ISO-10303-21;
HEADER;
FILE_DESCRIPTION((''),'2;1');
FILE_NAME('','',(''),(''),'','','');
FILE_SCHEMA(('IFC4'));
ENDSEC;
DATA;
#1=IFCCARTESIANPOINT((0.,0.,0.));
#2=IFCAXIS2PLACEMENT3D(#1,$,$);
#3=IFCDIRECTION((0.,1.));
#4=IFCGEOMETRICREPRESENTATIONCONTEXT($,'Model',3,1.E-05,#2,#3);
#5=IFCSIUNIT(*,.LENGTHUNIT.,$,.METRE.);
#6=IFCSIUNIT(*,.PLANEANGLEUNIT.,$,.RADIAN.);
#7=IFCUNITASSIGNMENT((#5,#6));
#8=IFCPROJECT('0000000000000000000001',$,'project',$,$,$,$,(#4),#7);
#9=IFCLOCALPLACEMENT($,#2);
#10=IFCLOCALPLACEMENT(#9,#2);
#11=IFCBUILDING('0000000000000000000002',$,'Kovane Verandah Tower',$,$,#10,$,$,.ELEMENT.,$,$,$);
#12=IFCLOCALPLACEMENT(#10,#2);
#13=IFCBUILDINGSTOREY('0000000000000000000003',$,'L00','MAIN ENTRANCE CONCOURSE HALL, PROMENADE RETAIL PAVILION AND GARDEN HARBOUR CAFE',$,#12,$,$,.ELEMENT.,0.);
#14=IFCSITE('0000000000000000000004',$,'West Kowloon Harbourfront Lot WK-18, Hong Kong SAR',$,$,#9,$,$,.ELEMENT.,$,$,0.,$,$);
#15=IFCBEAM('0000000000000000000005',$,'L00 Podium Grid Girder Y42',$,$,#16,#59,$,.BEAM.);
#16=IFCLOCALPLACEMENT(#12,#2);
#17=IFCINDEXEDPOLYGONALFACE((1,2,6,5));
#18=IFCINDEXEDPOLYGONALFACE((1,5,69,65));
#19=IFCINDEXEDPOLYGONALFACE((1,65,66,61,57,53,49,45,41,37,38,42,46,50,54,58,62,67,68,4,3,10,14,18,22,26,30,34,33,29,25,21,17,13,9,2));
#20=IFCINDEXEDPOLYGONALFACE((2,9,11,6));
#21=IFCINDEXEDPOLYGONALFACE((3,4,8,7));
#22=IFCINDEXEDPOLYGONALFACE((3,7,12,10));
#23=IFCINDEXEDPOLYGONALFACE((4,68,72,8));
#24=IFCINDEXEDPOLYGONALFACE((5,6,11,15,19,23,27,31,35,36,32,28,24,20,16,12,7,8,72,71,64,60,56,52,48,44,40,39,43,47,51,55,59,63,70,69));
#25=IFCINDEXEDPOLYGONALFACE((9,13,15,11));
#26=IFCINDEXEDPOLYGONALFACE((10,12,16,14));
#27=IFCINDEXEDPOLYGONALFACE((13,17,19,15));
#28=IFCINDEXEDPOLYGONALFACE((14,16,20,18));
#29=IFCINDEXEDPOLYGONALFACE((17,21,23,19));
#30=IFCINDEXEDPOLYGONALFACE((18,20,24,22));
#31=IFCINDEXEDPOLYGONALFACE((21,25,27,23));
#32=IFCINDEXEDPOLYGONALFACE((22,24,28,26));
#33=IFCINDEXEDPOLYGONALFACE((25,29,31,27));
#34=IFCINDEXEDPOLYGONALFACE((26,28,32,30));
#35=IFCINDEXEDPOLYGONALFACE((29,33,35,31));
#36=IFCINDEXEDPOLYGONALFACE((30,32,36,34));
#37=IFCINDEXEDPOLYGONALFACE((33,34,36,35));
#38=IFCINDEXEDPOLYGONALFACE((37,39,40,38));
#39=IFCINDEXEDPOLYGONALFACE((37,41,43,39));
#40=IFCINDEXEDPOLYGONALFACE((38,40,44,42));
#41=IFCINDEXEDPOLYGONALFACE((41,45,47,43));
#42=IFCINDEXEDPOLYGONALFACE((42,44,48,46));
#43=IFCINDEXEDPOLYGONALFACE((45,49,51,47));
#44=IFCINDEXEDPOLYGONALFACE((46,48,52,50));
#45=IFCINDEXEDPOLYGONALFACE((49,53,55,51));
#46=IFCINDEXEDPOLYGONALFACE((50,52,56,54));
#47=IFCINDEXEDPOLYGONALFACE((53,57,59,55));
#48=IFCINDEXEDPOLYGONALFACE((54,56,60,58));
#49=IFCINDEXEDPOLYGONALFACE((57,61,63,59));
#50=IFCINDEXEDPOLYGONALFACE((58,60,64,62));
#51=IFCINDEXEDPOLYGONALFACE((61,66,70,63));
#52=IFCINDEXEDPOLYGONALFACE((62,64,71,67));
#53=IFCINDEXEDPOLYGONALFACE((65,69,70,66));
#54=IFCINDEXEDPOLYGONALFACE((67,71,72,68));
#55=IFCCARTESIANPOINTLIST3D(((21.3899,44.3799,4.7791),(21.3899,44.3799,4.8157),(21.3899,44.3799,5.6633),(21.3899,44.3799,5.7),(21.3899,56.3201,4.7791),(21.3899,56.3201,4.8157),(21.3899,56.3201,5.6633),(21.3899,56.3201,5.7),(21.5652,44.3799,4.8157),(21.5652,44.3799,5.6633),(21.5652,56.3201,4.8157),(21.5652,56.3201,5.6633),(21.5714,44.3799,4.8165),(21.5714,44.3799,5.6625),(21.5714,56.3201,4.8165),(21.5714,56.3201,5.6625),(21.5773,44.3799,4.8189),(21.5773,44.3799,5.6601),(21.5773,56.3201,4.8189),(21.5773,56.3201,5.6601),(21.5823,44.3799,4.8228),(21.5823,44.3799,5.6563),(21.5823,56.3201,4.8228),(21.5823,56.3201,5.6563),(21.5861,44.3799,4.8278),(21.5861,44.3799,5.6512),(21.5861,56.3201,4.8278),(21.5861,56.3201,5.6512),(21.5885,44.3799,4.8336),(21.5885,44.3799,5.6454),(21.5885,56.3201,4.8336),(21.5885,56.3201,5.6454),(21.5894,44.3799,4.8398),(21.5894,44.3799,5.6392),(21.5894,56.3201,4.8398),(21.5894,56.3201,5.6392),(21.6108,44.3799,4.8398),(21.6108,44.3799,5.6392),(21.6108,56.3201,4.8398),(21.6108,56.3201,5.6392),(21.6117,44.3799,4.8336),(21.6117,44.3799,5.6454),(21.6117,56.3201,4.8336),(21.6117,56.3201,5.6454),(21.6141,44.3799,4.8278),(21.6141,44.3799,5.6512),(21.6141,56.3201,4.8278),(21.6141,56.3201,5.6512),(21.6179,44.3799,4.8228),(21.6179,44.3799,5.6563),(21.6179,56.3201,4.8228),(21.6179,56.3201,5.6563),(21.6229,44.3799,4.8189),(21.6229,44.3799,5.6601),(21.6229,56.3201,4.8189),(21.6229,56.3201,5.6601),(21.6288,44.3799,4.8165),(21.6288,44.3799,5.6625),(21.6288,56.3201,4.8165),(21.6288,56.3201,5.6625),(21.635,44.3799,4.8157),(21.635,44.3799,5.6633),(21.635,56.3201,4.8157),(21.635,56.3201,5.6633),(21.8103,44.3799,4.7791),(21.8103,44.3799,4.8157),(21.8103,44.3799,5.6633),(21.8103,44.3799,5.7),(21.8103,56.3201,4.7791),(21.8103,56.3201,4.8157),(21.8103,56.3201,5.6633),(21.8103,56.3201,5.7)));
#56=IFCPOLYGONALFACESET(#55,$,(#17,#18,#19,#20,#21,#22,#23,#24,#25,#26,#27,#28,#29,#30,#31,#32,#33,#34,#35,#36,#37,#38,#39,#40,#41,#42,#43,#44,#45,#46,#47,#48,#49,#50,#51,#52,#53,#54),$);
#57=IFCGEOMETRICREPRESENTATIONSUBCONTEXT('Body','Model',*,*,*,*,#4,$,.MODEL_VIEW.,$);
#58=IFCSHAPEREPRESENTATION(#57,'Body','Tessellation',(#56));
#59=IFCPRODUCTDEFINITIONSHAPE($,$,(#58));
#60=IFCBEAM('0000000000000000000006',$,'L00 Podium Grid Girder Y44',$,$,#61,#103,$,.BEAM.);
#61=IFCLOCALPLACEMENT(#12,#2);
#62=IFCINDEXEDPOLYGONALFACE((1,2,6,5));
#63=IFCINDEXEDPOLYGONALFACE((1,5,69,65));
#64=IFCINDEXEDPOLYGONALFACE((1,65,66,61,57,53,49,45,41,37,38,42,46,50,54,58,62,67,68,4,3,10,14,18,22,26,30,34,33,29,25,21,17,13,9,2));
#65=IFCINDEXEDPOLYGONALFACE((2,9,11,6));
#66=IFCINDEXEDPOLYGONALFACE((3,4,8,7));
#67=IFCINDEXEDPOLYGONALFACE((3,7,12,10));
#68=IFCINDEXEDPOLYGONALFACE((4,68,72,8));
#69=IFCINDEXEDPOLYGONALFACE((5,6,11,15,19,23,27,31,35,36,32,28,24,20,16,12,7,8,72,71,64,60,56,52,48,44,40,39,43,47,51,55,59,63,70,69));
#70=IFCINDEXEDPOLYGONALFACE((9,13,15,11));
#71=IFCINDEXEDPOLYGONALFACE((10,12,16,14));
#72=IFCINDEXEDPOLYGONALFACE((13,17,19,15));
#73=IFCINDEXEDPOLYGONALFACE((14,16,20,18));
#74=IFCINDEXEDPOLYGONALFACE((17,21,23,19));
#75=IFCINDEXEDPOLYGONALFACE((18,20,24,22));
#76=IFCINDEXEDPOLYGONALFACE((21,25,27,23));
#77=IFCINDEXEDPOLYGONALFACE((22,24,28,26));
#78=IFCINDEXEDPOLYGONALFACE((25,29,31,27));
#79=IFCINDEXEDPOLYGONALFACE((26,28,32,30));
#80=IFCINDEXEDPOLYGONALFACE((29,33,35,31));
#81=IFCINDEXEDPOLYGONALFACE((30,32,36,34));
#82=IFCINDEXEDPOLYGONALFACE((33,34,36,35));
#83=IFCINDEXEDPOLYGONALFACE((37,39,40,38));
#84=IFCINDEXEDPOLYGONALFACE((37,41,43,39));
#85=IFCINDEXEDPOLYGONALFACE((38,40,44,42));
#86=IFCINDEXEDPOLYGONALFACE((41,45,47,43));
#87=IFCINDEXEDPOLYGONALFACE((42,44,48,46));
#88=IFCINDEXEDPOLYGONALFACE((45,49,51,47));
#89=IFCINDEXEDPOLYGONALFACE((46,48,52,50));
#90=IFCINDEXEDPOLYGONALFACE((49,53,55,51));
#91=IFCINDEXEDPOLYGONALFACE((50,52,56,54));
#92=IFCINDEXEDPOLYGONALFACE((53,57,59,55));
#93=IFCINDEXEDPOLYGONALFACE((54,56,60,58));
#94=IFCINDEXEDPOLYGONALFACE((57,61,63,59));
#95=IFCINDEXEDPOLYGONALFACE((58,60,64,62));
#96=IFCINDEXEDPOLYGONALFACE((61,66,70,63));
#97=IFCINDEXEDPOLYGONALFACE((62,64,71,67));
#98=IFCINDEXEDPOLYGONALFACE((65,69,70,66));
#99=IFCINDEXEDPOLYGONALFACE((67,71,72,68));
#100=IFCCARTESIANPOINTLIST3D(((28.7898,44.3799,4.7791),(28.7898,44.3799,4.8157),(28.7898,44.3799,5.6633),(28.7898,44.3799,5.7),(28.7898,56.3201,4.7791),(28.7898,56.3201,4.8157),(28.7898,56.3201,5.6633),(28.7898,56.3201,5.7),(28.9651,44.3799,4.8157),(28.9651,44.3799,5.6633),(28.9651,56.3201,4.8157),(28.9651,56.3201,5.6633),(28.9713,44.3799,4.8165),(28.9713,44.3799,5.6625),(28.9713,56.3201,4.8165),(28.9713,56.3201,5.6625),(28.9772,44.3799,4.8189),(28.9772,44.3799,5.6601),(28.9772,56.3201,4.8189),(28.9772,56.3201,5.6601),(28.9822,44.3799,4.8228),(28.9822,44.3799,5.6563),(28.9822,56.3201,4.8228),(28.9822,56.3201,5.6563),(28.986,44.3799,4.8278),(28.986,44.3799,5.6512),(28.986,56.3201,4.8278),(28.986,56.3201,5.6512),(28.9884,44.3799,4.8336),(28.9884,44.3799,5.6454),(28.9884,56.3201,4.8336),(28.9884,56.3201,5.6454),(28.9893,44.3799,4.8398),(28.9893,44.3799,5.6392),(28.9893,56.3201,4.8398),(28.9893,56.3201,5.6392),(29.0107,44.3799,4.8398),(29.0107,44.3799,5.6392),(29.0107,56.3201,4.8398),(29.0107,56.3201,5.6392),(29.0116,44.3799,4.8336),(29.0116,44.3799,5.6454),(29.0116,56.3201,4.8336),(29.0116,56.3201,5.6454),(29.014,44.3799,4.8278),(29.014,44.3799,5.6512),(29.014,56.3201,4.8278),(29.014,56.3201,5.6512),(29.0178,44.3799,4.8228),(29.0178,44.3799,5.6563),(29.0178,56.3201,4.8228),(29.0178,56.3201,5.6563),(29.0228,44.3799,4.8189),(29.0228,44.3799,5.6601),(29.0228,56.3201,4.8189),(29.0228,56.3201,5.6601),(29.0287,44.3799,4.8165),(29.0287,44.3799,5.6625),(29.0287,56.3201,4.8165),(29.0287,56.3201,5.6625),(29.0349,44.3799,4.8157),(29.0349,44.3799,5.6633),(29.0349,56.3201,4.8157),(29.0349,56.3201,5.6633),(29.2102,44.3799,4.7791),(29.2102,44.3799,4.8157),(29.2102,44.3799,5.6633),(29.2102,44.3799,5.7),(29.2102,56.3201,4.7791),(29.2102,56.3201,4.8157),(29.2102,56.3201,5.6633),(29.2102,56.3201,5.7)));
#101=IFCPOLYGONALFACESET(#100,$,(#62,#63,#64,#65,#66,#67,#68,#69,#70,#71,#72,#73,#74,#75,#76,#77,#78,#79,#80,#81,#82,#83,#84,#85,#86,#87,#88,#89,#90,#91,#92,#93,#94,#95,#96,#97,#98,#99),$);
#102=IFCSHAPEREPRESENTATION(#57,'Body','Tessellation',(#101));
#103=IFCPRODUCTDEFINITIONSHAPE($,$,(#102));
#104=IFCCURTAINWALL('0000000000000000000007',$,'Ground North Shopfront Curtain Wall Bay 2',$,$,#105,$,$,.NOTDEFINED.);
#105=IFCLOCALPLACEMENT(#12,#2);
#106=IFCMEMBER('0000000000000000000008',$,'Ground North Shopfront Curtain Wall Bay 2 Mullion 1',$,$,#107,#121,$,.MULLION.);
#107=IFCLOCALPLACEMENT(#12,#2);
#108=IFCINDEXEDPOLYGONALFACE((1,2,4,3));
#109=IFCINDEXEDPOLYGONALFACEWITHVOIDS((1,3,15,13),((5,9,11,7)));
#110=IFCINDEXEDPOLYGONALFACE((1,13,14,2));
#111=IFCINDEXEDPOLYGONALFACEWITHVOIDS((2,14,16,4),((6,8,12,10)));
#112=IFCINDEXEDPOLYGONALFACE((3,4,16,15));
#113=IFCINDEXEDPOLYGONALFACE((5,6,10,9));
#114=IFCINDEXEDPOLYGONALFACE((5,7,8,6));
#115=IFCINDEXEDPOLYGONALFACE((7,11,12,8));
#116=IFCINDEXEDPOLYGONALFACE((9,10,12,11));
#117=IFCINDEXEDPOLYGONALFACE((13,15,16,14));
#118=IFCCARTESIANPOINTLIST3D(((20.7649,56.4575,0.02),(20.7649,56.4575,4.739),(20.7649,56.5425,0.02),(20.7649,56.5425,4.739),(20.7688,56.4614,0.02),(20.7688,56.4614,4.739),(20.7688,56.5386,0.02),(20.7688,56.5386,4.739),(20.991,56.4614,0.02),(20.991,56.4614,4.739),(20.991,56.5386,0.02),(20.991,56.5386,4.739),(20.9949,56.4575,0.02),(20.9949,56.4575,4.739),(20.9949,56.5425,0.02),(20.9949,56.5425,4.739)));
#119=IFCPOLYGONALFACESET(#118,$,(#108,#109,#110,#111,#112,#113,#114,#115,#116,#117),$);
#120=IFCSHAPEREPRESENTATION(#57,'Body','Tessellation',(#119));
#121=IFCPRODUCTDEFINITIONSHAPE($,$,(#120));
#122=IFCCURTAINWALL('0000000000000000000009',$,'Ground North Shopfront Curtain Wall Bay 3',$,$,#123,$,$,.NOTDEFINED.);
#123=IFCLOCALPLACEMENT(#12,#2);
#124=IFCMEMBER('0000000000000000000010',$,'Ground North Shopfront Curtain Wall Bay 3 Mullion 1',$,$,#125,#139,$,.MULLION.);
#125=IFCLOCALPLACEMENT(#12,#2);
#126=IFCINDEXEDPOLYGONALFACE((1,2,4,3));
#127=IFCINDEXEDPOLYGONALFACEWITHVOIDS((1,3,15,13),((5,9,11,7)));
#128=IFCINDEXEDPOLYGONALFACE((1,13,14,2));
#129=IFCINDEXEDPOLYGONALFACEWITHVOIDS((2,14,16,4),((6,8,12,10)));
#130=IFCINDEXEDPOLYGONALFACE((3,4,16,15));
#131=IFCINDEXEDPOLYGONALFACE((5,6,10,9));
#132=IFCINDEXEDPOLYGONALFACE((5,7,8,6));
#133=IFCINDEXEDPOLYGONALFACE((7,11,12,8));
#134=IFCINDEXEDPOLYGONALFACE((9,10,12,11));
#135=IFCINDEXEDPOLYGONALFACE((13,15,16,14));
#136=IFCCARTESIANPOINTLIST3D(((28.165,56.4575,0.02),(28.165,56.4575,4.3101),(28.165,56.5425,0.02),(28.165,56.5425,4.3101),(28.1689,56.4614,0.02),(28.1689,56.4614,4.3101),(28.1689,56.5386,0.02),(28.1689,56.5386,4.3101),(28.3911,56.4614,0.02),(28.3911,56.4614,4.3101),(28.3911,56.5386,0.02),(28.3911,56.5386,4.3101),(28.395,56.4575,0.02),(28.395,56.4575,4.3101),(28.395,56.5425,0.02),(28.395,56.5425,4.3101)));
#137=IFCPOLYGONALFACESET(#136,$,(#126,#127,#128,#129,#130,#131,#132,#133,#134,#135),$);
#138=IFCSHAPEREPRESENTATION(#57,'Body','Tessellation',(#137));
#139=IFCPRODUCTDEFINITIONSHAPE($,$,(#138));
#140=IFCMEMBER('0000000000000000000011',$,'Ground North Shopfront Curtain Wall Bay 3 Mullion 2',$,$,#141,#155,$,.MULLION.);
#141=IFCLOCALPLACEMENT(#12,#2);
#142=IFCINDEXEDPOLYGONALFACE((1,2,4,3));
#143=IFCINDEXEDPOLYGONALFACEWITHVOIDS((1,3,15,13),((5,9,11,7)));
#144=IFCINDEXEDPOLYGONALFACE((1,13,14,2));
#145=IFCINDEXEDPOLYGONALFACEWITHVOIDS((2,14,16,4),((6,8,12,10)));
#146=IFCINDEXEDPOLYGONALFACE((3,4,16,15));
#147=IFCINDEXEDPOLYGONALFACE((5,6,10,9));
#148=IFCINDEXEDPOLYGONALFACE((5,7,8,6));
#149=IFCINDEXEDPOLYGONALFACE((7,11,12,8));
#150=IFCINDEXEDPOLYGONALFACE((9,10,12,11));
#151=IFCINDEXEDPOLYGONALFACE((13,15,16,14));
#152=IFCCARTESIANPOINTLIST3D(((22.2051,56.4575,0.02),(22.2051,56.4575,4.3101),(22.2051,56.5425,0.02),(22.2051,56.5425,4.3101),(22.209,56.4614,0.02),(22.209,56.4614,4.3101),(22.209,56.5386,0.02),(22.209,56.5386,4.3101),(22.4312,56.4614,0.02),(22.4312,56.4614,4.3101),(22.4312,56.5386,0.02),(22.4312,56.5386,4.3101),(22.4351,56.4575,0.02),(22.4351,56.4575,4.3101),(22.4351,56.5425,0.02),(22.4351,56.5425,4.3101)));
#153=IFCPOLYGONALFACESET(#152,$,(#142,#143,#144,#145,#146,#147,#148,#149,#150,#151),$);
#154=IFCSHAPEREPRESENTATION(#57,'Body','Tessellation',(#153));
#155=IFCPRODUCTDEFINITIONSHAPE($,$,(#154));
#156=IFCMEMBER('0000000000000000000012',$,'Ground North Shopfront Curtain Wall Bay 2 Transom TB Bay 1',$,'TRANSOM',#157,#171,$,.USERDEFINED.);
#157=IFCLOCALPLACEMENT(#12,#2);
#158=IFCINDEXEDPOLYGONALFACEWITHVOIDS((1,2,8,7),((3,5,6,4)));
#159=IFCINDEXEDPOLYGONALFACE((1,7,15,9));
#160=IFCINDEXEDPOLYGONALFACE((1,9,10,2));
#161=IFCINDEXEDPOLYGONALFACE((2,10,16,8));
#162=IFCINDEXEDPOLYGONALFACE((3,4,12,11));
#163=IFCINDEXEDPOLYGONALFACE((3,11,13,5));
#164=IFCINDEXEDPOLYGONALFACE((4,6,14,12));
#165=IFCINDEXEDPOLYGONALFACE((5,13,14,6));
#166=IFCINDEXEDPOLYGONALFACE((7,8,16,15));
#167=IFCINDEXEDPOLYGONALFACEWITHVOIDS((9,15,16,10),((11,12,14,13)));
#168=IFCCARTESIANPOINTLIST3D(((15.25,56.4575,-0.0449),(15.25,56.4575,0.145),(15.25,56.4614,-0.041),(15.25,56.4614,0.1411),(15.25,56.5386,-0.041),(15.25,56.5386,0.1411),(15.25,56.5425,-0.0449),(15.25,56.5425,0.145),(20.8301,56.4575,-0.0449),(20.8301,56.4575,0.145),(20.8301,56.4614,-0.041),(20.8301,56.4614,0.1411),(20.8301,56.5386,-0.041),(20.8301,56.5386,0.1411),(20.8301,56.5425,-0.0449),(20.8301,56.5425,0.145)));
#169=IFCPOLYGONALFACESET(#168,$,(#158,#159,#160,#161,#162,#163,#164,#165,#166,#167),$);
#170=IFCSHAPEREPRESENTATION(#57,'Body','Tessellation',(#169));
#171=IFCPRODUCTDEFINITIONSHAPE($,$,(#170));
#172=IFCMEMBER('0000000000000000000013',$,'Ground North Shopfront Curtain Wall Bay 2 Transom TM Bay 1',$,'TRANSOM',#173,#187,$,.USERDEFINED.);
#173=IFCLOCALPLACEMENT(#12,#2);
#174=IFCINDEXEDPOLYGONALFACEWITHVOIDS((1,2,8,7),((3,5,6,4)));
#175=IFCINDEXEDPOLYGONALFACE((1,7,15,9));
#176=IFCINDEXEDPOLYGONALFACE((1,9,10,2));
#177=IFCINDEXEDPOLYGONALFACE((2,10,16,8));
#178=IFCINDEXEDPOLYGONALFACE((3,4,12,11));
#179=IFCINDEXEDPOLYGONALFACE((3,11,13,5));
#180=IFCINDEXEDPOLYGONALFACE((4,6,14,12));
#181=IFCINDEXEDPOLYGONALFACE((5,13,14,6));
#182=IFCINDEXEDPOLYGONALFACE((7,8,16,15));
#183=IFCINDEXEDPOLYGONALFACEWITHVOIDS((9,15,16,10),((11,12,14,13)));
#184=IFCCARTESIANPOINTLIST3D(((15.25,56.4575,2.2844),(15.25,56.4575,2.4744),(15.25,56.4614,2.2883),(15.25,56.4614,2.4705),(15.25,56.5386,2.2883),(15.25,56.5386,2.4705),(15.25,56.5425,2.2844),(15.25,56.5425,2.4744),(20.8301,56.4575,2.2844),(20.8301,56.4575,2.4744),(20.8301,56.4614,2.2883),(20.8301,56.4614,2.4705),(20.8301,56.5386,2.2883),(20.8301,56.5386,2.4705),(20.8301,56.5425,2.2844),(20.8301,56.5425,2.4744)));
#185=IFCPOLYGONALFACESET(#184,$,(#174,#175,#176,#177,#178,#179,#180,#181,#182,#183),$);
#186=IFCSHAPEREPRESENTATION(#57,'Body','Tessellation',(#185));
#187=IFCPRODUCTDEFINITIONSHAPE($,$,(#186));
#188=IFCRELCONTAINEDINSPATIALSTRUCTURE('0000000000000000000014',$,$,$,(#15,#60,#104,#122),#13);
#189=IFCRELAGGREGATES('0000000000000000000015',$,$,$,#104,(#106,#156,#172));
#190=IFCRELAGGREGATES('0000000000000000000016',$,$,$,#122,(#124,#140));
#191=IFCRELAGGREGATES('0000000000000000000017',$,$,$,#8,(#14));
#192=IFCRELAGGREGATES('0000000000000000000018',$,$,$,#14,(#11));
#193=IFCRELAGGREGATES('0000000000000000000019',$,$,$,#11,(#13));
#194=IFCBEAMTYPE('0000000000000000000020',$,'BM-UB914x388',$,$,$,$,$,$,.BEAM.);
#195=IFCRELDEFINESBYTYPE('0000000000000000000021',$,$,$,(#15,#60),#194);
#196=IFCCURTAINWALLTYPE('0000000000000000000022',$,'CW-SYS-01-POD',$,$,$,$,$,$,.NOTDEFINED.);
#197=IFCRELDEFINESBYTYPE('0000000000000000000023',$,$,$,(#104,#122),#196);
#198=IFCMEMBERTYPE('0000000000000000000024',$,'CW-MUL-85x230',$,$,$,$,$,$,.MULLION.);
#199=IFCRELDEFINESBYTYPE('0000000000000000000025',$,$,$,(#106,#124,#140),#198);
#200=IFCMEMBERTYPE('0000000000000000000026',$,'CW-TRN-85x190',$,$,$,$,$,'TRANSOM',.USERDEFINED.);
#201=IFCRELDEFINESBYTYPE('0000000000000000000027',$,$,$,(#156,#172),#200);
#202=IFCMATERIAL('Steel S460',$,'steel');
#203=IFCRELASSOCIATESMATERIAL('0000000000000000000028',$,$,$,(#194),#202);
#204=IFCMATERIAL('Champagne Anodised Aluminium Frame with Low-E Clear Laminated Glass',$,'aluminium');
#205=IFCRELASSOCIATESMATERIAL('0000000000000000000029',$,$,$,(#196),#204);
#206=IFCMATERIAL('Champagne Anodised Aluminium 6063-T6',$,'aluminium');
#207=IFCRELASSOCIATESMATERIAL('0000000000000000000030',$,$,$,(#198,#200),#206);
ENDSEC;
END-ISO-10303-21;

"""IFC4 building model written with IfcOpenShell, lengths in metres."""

from ifc_helpers import new_model, si_unit, direction, frame, origin, origin_2d, place, context, subcontext, project, spatial, hollow_rectangle, i_section, extrude, material, material_profile, profile_set, type_object, element, aggregate, save


model = new_model("IFC4")

# Units and contexts
model_context = context("Model", 3, precision=1e-05, world=origin(), true_north=direction((0.0, 1.0)))
body_context = subcontext(model_context, "Body", "Model", "MODEL_VIEW")
ifc_project = project(units=[si_unit("LENGTHUNIT", "METRE"), si_unit("PLANEANGLEUNIT", "RADIAN")], contexts=[model_context])

# Site, building, storey
site_placement = place(None, origin())
site = spatial("IfcSite", under=ifc_project, at=site_placement, Name="West Kowloon Harbourfront Lot WK-18, Hong Kong SAR", CompositionType="ELEMENT", RefElevation=0.0)
building_placement = place(site_placement, origin())
building = spatial("IfcBuilding", under=site, at=building_placement, Name="Kovane Verandah Tower", CompositionType="ELEMENT")
storey_placement = place(building_placement, origin())
storey = spatial("IfcBuildingStorey", under=building, at=storey_placement, Name="L00", Description="MAIN ENTRANCE CONCOURSE HALL, PROMENADE RETAIL PAVILION AND GARDEN HARBOUR CAFE", CompositionType="ELEMENT", Elevation=0.0)

# Shared definitions
ifc_material_1 = material(Name="Steel S460", Category="steel")

# Beams
ifc_material_profile_1 = material_profile(ifc_material_1, i_section(OverallWidth=0.4204, OverallDepth=0.9209, WebThickness=0.0215, FlangeThickness=0.0366, FilletRadius=0.0242, at=origin_2d()), Name="UB914x419x388")
ifc_profile_set_1 = profile_set([ifc_material_profile_1], Name="Steel S460")
beam_type_1 = type_object("IfcBeamType", Name="BM-UB914x388", PredefinedType="BEAM", material=ifc_profile_set_1)
for number, where, z_axis, x_axis, name in (
    (1, (21.6001, 44.3799, 5.2395), (0.0, 1.0, 0.0), (-1.0, 0.0, 0.0), "L00 Podium Grid Girder Y42"),
    (2, (29.0, 44.3799, 5.2395), (0.0, 1.0, 0.0), (-1.0, 0.0, 0.0), "L00 Podium Grid Girder Y44"),
):
    element("IfcBeam", number, at=place(storey_placement, frame(where, z_axis=z_axis, x_axis=x_axis)), inside=storey, type_object=beam_type_1, Name=name, PredefinedType="BEAM", context=body_context, shape_type="SweptSolid", body=[
        extrude(i_section(OverallWidth=0.4204, OverallDepth=0.9209, WebThickness=0.0215, FlangeThickness=0.0366, FilletRadius=0.0242, at=origin_2d()), origin(), (0.0, 0.0, 1.0), 11.9402),
    ])

# Curtain wall, member
ifc_material_2 = material(Name="Champagne Anodised Aluminium Frame with Low-E Clear Laminated Glass", Category="aluminium")
curtain_wall_type = type_object("IfcCurtainWallType", Name="CW-SYS-01-POD", PredefinedType="NOTDEFINED", material=ifc_material_2)
curtain_wall_1_placement = place(storey_placement, origin())
curtain_wall_1 = element("IfcCurtainWall", 3, at=curtain_wall_1_placement, inside=storey, type_object=curtain_wall_type, Name="Ground North Shopfront Curtain Wall Bay 2", PredefinedType="NOTDEFINED")
ifc_material_3 = material(Name="Champagne Anodised Aluminium 6063-T6", Category="aluminium")
ifc_material_profile_2 = material_profile(ifc_material_3, hollow_rectangle(XDim=0.085, YDim=0.23, WallThickness=0.0039, at=origin_2d()), Name="AL85x230x4")
ifc_profile_set_2 = profile_set([ifc_material_profile_2], Name="Champagne Anodised Aluminium 6063-T6")
member_type_1 = type_object("IfcMemberType", Name="CW-MUL-85x230", PredefinedType="MULLION", material=ifc_profile_set_2)
member_1_placement = place(storey_placement, frame((20.8799, 56.5, 0.02), z_axis=(0.0, 0.0, 1.0), x_axis=(0.0, 1.0, 0.0)))
member_1 = element("IfcMember", 4, at=member_1_placement, type_object=member_type_1, Name="Ground North Shopfront Curtain Wall Bay 2 Mullion 1", PredefinedType="MULLION", context=body_context, shape_type="SweptSolid", body=[
    extrude(hollow_rectangle(XDim=0.085, YDim=0.23, WallThickness=0.0039, at=origin_2d()), origin(), (0.0, 0.0, 1.0), 4.719),
])

# Curtain wall, members
curtain_wall_2_placement = place(storey_placement, origin())
curtain_wall_2 = element("IfcCurtainWall", 5, at=curtain_wall_2_placement, inside=storey, type_object=curtain_wall_type, Name="Ground North Shopfront Curtain Wall Bay 3", PredefinedType="NOTDEFINED")
member_2_placement = place(storey_placement, frame((28.28, 56.5, 0.02), z_axis=(0.0, 0.0, 1.0), x_axis=(0.0, 1.0, 0.0)))
member_2 = element("IfcMember", 6, at=member_2_placement, type_object=member_type_1, Name="Ground North Shopfront Curtain Wall Bay 3 Mullion 1", PredefinedType="MULLION", context=body_context, shape_type="SweptSolid", body=[
    extrude(hollow_rectangle(XDim=0.085, YDim=0.23, WallThickness=0.0039, at=origin_2d()), origin(), (0.0, 0.0, 1.0), 4.29),
])
member_3_placement = place(storey_placement, frame((22.3201, 56.5, 0.02), z_axis=(0.0, 0.0, 1.0), x_axis=(0.0, 1.0, 0.0)))
member_3 = element("IfcMember", 7, at=member_3_placement, type_object=member_type_1, Name="Ground North Shopfront Curtain Wall Bay 3 Mullion 2", PredefinedType="MULLION", context=body_context, shape_type="SweptSolid", body=[
    extrude(hollow_rectangle(XDim=0.085, YDim=0.23, WallThickness=0.0039, at=origin_2d()), origin(), (0.0, 0.0, 1.0), 4.29),
])

# Members
ifc_material_profile_3 = material_profile(ifc_material_3, hollow_rectangle(XDim=0.085, YDim=0.1899, WallThickness=0.0039, at=origin_2d()), Name="AL85x190x4")
ifc_profile_set_3 = profile_set([ifc_material_profile_3], Name="Champagne Anodised Aluminium 6063-T6")
member_type_2 = type_object("IfcMemberType", Name="CW-TRN-85x190", ElementType="TRANSOM", PredefinedType="USERDEFINED", material=ifc_profile_set_3)
member_4_placement = place(storey_placement, frame((20.8301, 56.5, 0.05), z_axis=(-1.0, 0.0, 0.0), x_axis=(0.0, -1.0, 0.0)))
member_4 = element("IfcMember", 8, at=member_4_placement, type_object=member_type_2, Name="Ground North Shopfront Curtain Wall Bay 2 Transom TB Bay 1", ObjectType="TRANSOM", PredefinedType="USERDEFINED", context=body_context, shape_type="SweptSolid", body=[
    extrude(hollow_rectangle(XDim=0.085, YDim=0.1899, WallThickness=0.0039, at=origin_2d()), origin(), (0.0, 0.0, 1.0), 5.5801),
])
member_5_placement = place(storey_placement, frame((20.8301, 56.5, 2.3794), z_axis=(-1.0, 0.0, 0.0), x_axis=(0.0, -1.0, 0.0)))
member_5 = element("IfcMember", 9, at=member_5_placement, type_object=member_type_2, Name="Ground North Shopfront Curtain Wall Bay 2 Transom TM Bay 1", ObjectType="TRANSOM", PredefinedType="USERDEFINED", context=body_context, shape_type="SweptSolid", body=[
    extrude(hollow_rectangle(XDim=0.085, YDim=0.1899, WallThickness=0.0039, at=origin_2d()), origin(), (0.0, 0.0, 1.0), 5.5801),
])

aggregate(curtain_wall_1, [member_1, member_4, member_5])
aggregate(curtain_wall_2, [member_2, member_3])

save(model, "model.ifc")
